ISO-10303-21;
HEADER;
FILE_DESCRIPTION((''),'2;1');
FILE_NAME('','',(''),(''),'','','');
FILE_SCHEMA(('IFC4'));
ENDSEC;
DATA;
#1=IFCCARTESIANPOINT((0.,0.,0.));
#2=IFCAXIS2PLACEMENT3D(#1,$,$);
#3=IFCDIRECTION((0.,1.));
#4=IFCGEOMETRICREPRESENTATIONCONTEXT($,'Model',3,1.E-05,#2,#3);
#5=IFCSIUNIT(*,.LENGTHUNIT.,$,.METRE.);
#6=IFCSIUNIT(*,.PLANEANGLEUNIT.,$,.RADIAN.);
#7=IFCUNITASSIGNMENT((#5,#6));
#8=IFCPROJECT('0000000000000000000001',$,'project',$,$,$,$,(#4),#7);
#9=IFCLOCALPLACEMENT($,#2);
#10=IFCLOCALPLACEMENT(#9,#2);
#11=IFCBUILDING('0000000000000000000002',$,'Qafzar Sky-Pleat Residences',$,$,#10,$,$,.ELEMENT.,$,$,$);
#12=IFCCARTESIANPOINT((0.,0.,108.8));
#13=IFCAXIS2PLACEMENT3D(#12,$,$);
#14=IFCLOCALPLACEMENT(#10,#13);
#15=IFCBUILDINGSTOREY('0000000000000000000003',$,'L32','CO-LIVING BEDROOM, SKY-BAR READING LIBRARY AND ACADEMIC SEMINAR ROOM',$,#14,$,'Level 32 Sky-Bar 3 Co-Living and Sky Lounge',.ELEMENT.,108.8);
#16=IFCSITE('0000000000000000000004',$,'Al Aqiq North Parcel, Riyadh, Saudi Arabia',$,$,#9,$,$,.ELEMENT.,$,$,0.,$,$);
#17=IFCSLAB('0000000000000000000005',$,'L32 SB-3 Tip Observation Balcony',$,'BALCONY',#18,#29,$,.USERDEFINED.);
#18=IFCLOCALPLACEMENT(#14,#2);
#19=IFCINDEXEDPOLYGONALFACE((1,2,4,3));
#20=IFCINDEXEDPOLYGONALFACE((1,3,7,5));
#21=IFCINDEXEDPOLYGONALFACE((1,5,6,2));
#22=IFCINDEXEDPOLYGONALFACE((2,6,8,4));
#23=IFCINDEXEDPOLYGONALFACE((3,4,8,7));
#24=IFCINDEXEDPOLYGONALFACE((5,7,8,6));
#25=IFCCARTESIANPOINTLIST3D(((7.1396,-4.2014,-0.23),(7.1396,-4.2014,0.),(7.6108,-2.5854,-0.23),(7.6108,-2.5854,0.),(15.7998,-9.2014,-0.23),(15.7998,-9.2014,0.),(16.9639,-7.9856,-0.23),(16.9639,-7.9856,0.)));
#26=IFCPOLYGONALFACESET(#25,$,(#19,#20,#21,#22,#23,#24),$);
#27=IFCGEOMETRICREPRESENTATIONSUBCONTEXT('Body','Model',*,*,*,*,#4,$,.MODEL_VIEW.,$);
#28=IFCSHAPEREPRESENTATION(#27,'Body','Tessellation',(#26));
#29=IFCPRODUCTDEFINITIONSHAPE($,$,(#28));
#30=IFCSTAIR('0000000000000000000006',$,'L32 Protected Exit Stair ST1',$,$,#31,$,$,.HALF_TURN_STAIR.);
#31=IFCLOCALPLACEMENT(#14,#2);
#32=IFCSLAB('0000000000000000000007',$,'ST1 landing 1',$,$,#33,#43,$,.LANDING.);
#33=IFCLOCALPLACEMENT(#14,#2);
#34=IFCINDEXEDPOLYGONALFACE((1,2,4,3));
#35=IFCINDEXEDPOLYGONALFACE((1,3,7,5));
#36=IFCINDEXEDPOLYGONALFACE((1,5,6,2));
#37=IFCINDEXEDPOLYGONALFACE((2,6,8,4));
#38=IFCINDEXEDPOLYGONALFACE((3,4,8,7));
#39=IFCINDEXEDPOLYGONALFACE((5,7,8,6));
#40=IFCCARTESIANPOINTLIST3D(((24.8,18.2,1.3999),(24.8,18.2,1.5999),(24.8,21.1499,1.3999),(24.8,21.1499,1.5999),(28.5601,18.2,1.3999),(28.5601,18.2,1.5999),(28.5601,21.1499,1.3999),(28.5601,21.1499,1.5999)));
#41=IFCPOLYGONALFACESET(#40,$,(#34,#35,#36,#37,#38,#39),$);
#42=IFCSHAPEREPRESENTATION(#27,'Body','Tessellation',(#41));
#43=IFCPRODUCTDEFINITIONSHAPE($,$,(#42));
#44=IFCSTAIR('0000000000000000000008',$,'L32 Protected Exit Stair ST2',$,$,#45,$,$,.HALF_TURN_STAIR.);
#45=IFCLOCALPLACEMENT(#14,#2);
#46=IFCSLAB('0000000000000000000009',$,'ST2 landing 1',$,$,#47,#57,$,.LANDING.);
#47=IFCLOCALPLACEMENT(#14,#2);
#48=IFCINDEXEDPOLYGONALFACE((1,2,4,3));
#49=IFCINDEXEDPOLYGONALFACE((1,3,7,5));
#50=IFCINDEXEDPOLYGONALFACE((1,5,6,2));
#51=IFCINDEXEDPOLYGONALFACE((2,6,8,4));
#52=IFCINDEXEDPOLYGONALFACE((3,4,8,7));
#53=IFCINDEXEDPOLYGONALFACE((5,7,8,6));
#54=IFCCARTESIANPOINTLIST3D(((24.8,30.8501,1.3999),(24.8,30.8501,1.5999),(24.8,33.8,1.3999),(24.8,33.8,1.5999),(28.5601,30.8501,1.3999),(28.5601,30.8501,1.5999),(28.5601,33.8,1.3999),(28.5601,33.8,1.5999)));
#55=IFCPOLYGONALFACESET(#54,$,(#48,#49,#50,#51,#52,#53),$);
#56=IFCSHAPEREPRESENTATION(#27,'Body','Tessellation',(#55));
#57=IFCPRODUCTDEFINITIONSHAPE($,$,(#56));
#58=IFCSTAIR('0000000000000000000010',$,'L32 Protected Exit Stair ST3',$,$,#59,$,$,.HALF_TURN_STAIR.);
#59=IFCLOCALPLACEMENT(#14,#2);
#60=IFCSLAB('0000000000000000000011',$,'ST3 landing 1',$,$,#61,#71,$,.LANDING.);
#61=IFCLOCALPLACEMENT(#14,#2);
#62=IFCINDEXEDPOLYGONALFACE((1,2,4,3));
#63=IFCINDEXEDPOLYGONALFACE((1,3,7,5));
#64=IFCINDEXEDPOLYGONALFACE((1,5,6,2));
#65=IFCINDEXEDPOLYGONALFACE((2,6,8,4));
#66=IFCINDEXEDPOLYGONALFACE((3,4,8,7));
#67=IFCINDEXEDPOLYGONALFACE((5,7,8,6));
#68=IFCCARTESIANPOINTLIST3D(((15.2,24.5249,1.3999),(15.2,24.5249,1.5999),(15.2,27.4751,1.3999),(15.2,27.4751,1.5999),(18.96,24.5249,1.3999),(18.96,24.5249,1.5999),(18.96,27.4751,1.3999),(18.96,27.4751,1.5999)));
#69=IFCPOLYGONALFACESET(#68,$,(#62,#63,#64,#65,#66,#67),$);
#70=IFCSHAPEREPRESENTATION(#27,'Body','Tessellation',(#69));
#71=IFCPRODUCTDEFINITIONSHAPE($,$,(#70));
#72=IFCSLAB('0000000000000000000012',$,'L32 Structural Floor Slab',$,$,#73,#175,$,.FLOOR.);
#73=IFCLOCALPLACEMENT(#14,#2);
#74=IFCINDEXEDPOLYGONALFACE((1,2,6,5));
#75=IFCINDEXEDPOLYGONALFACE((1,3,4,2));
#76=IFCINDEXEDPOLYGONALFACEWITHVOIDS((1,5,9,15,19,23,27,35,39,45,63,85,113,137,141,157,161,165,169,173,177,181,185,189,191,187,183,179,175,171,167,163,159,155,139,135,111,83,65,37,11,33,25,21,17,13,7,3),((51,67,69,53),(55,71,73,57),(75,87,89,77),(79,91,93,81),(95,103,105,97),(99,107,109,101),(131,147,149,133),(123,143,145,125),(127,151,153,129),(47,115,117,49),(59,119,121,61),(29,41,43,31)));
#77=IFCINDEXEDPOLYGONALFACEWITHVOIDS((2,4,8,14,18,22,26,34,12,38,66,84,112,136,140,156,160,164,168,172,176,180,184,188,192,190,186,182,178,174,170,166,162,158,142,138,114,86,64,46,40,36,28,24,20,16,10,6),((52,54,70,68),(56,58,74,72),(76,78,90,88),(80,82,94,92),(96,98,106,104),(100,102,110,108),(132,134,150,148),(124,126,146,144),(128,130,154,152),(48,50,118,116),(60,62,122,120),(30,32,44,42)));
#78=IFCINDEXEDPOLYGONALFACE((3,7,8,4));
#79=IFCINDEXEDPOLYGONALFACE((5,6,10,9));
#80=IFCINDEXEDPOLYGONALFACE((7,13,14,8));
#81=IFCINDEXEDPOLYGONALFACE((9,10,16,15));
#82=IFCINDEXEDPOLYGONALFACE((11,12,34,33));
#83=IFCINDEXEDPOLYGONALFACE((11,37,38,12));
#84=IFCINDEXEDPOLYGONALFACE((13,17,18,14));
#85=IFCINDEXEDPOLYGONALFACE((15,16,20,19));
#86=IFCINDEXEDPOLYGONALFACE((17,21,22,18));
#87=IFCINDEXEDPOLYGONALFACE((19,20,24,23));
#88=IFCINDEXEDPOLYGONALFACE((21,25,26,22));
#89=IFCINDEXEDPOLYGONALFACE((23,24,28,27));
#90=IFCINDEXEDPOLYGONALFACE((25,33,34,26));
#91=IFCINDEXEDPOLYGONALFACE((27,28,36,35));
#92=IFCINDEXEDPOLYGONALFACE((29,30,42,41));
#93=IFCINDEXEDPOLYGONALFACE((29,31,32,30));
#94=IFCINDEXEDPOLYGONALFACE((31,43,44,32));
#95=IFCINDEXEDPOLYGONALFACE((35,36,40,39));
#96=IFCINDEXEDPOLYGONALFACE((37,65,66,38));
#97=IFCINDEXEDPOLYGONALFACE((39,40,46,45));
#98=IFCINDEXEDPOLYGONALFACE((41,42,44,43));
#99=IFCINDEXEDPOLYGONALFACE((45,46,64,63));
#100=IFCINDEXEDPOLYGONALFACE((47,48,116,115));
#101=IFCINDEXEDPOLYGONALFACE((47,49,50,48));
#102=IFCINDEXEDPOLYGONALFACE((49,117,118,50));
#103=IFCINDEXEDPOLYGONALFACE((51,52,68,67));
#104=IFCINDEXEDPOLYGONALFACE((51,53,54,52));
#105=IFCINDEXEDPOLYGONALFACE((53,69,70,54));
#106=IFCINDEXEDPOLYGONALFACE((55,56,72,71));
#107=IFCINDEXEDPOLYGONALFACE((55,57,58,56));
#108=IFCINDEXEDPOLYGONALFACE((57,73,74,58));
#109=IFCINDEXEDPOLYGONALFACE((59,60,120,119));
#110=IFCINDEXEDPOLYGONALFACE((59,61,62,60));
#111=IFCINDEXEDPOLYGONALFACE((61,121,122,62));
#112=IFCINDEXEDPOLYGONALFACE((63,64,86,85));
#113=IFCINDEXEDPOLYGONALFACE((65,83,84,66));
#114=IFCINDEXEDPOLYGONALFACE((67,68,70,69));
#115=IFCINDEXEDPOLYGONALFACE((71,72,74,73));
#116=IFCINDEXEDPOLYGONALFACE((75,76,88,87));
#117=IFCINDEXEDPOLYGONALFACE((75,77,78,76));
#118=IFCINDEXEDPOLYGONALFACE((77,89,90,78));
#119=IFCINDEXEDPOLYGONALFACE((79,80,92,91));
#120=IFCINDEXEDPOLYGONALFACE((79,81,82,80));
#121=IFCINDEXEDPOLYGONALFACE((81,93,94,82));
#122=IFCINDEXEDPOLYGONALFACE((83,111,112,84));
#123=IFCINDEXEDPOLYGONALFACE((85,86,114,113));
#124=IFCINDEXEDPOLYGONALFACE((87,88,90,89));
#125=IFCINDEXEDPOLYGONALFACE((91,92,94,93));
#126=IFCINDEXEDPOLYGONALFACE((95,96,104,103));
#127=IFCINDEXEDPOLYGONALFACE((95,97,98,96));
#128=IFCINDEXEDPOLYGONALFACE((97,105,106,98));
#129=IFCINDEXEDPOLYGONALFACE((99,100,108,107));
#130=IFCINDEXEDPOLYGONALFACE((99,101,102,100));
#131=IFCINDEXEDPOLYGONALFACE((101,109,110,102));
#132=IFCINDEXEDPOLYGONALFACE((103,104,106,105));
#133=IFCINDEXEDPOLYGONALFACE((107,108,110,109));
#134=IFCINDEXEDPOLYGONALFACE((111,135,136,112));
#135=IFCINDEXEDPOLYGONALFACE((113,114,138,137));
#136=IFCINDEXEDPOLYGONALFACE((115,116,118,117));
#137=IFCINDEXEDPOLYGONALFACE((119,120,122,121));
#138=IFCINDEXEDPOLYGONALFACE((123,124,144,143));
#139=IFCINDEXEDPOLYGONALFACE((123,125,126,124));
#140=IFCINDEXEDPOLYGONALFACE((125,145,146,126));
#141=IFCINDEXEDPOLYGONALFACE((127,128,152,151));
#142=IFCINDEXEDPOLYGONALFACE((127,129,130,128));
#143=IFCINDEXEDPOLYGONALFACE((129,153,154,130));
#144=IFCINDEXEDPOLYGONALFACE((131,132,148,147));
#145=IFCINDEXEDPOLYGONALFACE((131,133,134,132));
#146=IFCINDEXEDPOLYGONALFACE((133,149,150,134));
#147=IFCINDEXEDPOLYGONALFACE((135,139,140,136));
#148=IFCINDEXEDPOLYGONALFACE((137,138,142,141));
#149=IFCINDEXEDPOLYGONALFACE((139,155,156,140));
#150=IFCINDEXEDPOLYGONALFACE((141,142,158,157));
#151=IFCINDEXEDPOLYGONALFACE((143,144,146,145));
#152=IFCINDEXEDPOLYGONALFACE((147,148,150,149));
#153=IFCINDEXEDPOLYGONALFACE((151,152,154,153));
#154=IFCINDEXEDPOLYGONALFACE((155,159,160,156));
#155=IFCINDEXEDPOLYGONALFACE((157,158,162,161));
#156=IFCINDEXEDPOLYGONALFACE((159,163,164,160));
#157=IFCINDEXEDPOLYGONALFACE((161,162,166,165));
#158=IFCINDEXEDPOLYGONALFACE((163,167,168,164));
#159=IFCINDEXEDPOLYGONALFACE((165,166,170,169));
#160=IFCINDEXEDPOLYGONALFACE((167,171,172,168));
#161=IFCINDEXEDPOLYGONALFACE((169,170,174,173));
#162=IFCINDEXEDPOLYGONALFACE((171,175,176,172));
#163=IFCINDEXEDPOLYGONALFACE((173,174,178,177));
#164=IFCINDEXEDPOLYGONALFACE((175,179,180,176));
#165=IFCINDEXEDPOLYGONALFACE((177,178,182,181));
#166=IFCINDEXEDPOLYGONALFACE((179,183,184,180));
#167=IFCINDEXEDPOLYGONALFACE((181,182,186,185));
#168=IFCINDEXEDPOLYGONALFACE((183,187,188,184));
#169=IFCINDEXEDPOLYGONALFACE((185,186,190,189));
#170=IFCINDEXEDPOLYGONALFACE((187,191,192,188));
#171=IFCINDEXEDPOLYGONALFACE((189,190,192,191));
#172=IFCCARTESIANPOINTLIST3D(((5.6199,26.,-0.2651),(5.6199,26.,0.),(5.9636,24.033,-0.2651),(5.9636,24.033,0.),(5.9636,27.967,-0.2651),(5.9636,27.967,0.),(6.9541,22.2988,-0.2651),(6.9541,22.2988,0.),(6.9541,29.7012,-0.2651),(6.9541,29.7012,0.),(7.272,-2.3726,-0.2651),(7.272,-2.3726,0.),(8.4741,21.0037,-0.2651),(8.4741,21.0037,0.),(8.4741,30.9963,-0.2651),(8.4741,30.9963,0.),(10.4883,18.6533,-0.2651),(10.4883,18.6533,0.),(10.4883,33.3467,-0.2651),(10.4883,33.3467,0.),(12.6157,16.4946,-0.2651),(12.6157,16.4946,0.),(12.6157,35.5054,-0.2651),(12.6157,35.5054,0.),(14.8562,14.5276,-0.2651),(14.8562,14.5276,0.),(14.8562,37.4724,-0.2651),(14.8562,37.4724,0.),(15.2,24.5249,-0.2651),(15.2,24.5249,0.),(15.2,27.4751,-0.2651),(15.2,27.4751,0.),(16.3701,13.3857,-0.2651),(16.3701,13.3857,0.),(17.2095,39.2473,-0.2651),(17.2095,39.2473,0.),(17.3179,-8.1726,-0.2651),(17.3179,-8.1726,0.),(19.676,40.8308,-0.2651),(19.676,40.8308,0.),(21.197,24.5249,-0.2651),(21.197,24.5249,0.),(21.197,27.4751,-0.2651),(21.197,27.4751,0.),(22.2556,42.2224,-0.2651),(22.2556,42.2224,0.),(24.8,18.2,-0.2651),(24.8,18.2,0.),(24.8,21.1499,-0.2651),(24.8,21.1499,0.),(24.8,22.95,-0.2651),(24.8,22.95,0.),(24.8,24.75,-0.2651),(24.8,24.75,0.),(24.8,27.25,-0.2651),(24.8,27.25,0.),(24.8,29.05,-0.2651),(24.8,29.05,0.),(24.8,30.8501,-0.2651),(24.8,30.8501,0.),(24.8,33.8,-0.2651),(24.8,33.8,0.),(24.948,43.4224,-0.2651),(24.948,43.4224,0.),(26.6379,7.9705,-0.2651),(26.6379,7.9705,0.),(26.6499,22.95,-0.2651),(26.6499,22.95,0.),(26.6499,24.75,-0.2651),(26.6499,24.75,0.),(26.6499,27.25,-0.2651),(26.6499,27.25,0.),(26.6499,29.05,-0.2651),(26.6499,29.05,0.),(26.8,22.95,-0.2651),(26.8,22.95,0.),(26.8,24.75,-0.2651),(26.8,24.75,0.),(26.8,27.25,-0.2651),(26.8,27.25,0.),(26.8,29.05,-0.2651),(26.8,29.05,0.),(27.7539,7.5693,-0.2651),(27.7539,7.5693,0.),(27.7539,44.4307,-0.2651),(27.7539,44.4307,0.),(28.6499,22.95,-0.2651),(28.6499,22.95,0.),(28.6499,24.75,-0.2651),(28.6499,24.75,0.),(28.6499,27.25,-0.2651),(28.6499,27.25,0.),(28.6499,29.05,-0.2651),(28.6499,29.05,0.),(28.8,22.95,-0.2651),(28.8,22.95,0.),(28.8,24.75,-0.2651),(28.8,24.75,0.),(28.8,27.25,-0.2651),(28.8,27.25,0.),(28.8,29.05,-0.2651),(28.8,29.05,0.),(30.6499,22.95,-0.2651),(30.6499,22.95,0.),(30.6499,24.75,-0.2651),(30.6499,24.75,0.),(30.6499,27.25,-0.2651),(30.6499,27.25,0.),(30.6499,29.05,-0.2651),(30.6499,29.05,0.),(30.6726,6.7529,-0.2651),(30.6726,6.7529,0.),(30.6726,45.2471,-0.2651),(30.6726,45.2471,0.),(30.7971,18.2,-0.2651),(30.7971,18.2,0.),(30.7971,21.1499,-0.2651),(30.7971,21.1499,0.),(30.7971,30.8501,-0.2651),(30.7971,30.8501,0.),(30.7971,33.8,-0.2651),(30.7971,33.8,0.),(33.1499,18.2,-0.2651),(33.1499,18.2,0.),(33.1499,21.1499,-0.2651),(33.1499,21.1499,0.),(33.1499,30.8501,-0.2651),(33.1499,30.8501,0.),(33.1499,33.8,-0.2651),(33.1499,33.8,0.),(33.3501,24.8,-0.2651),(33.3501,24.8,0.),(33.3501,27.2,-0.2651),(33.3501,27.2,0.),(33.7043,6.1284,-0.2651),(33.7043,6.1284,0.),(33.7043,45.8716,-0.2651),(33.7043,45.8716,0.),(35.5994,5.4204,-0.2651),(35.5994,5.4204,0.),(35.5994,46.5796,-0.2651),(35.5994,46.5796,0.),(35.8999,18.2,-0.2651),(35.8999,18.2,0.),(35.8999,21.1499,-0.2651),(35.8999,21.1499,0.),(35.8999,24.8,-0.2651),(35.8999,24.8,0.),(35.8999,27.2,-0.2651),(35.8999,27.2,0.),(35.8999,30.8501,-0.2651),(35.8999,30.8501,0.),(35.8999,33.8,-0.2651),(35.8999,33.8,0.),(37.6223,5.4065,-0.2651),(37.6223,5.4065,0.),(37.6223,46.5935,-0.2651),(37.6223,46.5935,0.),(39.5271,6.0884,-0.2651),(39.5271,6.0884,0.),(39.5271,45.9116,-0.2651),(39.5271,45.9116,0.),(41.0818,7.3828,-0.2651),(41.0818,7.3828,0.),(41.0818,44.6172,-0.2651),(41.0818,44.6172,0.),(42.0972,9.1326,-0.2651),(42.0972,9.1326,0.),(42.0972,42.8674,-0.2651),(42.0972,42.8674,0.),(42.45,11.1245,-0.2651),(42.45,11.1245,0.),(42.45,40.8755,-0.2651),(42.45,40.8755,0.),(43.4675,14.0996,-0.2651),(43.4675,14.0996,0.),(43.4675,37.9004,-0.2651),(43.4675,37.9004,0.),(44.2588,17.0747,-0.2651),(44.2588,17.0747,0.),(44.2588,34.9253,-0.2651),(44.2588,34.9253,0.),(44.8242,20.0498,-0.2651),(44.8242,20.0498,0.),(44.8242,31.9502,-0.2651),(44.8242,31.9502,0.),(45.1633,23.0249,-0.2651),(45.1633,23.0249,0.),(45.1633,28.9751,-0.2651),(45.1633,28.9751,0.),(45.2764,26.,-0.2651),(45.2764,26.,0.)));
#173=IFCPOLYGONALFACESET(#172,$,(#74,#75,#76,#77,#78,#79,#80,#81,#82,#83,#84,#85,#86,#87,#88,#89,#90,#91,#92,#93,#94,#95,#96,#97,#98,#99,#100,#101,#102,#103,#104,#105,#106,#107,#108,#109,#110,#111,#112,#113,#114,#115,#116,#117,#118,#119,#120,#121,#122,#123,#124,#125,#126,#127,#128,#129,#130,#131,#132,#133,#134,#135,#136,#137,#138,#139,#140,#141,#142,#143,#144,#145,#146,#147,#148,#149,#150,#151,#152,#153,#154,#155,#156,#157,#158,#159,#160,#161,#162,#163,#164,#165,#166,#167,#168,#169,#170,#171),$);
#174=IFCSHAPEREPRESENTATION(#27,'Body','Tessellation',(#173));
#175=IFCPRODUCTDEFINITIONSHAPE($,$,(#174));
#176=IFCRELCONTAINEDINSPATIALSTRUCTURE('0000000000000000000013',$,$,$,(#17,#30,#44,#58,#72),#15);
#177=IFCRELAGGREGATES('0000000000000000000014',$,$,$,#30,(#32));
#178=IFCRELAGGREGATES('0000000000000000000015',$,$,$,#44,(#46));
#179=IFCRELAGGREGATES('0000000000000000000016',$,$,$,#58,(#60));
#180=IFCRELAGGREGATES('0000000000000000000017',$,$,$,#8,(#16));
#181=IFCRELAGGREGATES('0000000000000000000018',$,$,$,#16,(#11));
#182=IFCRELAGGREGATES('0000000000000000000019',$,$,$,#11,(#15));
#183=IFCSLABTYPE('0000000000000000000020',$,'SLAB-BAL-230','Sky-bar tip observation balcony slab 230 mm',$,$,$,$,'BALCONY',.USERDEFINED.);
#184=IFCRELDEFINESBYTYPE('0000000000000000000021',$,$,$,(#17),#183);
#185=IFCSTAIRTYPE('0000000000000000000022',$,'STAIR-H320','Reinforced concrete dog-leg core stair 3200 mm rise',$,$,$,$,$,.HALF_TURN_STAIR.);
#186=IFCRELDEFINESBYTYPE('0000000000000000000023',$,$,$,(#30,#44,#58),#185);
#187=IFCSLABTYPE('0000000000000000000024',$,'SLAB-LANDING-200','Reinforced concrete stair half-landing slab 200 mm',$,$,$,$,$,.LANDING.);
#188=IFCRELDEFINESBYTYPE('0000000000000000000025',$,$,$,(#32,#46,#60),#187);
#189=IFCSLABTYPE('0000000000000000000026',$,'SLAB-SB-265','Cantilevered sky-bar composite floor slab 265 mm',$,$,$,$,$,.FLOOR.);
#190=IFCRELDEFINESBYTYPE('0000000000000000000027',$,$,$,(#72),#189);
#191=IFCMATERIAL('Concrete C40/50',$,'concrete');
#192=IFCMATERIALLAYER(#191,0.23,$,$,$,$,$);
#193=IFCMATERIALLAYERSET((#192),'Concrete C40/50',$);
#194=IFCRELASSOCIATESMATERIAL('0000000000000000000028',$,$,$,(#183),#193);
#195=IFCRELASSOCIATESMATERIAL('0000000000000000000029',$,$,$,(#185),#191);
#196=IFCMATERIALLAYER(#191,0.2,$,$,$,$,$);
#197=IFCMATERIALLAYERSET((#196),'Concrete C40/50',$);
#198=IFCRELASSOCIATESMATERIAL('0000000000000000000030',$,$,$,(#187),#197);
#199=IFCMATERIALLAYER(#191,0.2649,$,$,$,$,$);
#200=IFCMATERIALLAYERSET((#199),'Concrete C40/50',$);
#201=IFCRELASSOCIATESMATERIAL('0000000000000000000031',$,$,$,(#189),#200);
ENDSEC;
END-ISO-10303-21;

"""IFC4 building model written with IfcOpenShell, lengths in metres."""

from ifc_helpers import new_model, si_unit, direction, frame, origin, place, context, subcontext, project, spatial, polyline, outline, extrude, material, layer, layer_set, type_object, element, aggregate, save


model = new_model("IFC4")

# Units and contexts
model_context = context("Model", 3, precision=1e-05, world=origin(), true_north=direction((0.0, 1.0)))
body_context = subcontext(model_context, "Body", "Model", "MODEL_VIEW")
ifc_project = project(units=[si_unit("LENGTHUNIT", "METRE"), si_unit("PLANEANGLEUNIT", "RADIAN")], contexts=[model_context])

# Site, building, storey
site_placement = place(None, origin())
site = spatial("IfcSite", under=ifc_project, at=site_placement, Name="Al Aqiq North Parcel, Riyadh, Saudi Arabia", CompositionType="ELEMENT", RefElevation=0.0)
building_placement = place(site_placement, origin())
building = spatial("IfcBuilding", under=site, at=building_placement, Name="Qafzar Sky-Pleat Residences", CompositionType="ELEMENT")
storey_placement = place(building_placement, frame((0.0, 0.0, 108.8)))
storey = spatial("IfcBuildingStorey", under=building, at=storey_placement, Name="L32", Description="CO-LIVING BEDROOM, SKY-BAR READING LIBRARY AND ACADEMIC SEMINAR ROOM", LongName="Level 32 Sky-Bar 3 Co-Living and Sky Lounge", CompositionType="ELEMENT", Elevation=108.8)

# Slab
ifc_material_1 = material(Name="Concrete C40/50", Category="concrete")
ifc_layer_1 = layer(ifc_material_1, 0.23)
ifc_layer_set_1 = layer_set([ifc_layer_1], Name="Concrete C40/50")
slab_type_1 = type_object("IfcSlabType", Name="SLAB-BAL-230", Description="Sky-bar tip observation balcony slab 230 mm", ElementType="BALCONY", PredefinedType="USERDEFINED", material=ifc_layer_set_1)
slab_1_placement = place(storey_placement, frame((0.0, 0.0, -0.23)))
element("IfcSlab", 1, at=slab_1_placement, inside=storey, type_object=slab_type_1, Name="L32 SB-3 Tip Observation Balcony", ObjectType="BALCONY", PredefinedType="USERDEFINED", context=body_context, shape_type="SweptSolid", body=[
    extrude(outline(polyline([(7.6108, -2.5854), (7.1396, -4.2014), (15.7998, -9.2014), (16.9639, -7.9856), (7.6108, -2.5854)])), origin(), (0.0, 0.0, 1.0), 0.23),
])

# Stairs, slabs
stair_type = type_object("IfcStairType", Name="STAIR-H320", Description="Reinforced concrete dog-leg core stair 3200 mm rise", PredefinedType="HALF_TURN_STAIR", material=ifc_material_1)
stair_1_placement = place(storey_placement, origin())
stair_1 = element("IfcStair", 2, at=stair_1_placement, inside=storey, type_object=stair_type, Name="L32 Protected Exit Stair ST1", PredefinedType="HALF_TURN_STAIR")
ifc_layer_2 = layer(ifc_material_1, 0.2)
ifc_layer_set_2 = layer_set([ifc_layer_2], Name="Concrete C40/50")
slab_type_2 = type_object("IfcSlabType", Name="SLAB-LANDING-200", Description="Reinforced concrete stair half-landing slab 200 mm", PredefinedType="LANDING", material=ifc_layer_set_2)
slab_2_placement = place(storey_placement, frame((0.0, 0.0, 1.3999)))
slab_2 = element("IfcSlab", 3, at=slab_2_placement, type_object=slab_type_2, Name="ST1 landing 1", PredefinedType="LANDING", context=body_context, shape_type="SweptSolid", body=[
    extrude(outline(polyline([(28.5601, 21.1499), (24.8, 21.1499), (24.8, 18.2), (28.5601, 18.2), (28.5601, 21.1499)])), origin(), (0.0, 0.0, 1.0), 0.2),
])
aggregate(stair_1, [slab_2])
stair_2_placement = place(storey_placement, origin())
stair_2 = element("IfcStair", 4, at=stair_2_placement, inside=storey, type_object=stair_type, Name="L32 Protected Exit Stair ST2", PredefinedType="HALF_TURN_STAIR")
slab_3_placement = place(storey_placement, frame((0.0, 0.0, 1.3999)))
slab_3 = element("IfcSlab", 5, at=slab_3_placement, type_object=slab_type_2, Name="ST2 landing 1", PredefinedType="LANDING", context=body_context, shape_type="SweptSolid", body=[
    extrude(outline(polyline([(28.5601, 33.8), (24.8, 33.8), (24.8, 30.8501), (28.5601, 30.8501), (28.5601, 33.8)])), origin(), (0.0, 0.0, 1.0), 0.2),
])
aggregate(stair_2, [slab_3])
stair_3_placement = place(storey_placement, origin())
stair_3 = element("IfcStair", 6, at=stair_3_placement, inside=storey, type_object=stair_type, Name="L32 Protected Exit Stair ST3", PredefinedType="HALF_TURN_STAIR")
slab_4_placement = place(storey_placement, frame((0.0, 0.0, 1.3999)))
slab_4 = element("IfcSlab", 7, at=slab_4_placement, type_object=slab_type_2, Name="ST3 landing 1", PredefinedType="LANDING", context=body_context, shape_type="SweptSolid", body=[
    extrude(outline(polyline([(18.96, 27.4751), (15.2, 27.4751), (15.2, 24.5249), (18.96, 24.5249), (18.96, 27.4751)])), origin(), (0.0, 0.0, 1.0), 0.2),
])
aggregate(stair_3, [slab_4])

# Slab
ifc_layer_3 = layer(ifc_material_1, 0.2649)
ifc_layer_set_3 = layer_set([ifc_layer_3], Name="Concrete C40/50")
slab_type_3 = type_object("IfcSlabType", Name="SLAB-SB-265", Description="Cantilevered sky-bar composite floor slab 265 mm", PredefinedType="FLOOR", material=ifc_layer_set_3)
slab_5_placement = place(storey_placement, frame((0.0, 0.0, -0.2651)))
element("IfcSlab", 8, at=slab_5_placement, inside=storey, type_object=slab_type_3, Name="L32 Structural Floor Slab", PredefinedType="FLOOR", context=body_context, shape_type="SweptSolid", body=[
    extrude(outline(polyline([(17.3179, -8.1726), (7.272, -2.3726), (16.3701, 13.3857), (14.8562, 14.5276), (12.6157, 16.4946), (10.4883, 18.6533), (8.4741, 21.0037), (6.9541, 22.2988), (5.9636, 24.033), (5.6199, 26.0), (5.9636, 27.967), (6.9541, 29.7012), (8.4741, 30.9963), (10.4883, 33.3467), (12.6157, 35.5054), (14.8562, 37.4724), (17.2095, 39.2473), (19.676, 40.8308), (22.2556, 42.2224), (24.948, 43.4224), (27.7539, 44.4307), (30.6726, 45.2471), (33.7043, 45.8716), (35.5994, 46.5796), (37.6223, 46.5935), (39.5271, 45.9116), (41.0818, 44.6172), (42.0972, 42.8674), (42.45, 40.8755), (43.4675, 37.9004), (44.2588, 34.9253), (44.8242, 31.9502), (45.1633, 28.9751), (45.2764, 26.0), (45.1633, 23.0249), (44.8242, 20.0498), (44.2588, 17.0747), (43.4675, 14.0996), (42.45, 11.1245), (42.0972, 9.1326), (41.0818, 7.3828), (39.5271, 6.0884), (37.6223, 5.4065), (35.5994, 5.4204), (33.7043, 6.1284), (30.6726, 6.7529), (27.7539, 7.5693), (26.6379, 7.9705), (17.3179, -8.1726)]), holes=[polyline([(30.7971, 21.1499), (24.8, 21.1499), (24.8, 18.2), (30.7971, 18.2), (30.7971, 21.1499)]), polyline([(30.7971, 33.8), (24.8, 33.8), (24.8, 30.8501), (30.7971, 30.8501), (30.7971, 33.8)]), polyline([(21.197, 27.4751), (15.2, 27.4751), (15.2, 24.5249), (21.197, 24.5249), (21.197, 27.4751)]), polyline([(24.8, 22.95), (26.6499, 22.95), (26.6499, 24.75), (24.8, 24.75), (24.8, 22.95)]), polyline([(26.8, 22.95), (28.6499, 22.95), (28.6499, 24.75), (26.8, 24.75), (26.8, 22.95)]), polyline([(28.8, 22.95), (30.6499, 22.95), (30.6499, 24.75), (28.8, 24.75), (28.8, 22.95)]), polyline([(24.8, 27.25), (26.6499, 27.25), (26.6499, 29.05), (24.8, 29.05), (24.8, 27.25)]), polyline([(26.8, 27.25), (28.6499, 27.25), (28.6499, 29.05), (26.8, 29.05), (26.8, 27.25)]), polyline([(28.8, 27.25), (30.6499, 27.25), (30.6499, 29.05), (28.8, 29.05), (28.8, 27.25)]), polyline([(33.1499, 18.2), (35.8999, 18.2), (35.8999, 21.1499), (33.1499, 21.1499), (33.1499, 18.2)]), polyline([(33.1499, 30.8501), (35.8999, 30.8501), (35.8999, 33.8), (33.1499, 33.8), (33.1499, 30.8501)]), polyline([(33.3501, 24.8), (35.8999, 24.8), (35.8999, 27.2), (33.3501, 27.2), (33.3501, 24.8)])]), origin(), (0.0, 0.0, 1.0), 0.2651),
])

save(model, "model.ifc")
